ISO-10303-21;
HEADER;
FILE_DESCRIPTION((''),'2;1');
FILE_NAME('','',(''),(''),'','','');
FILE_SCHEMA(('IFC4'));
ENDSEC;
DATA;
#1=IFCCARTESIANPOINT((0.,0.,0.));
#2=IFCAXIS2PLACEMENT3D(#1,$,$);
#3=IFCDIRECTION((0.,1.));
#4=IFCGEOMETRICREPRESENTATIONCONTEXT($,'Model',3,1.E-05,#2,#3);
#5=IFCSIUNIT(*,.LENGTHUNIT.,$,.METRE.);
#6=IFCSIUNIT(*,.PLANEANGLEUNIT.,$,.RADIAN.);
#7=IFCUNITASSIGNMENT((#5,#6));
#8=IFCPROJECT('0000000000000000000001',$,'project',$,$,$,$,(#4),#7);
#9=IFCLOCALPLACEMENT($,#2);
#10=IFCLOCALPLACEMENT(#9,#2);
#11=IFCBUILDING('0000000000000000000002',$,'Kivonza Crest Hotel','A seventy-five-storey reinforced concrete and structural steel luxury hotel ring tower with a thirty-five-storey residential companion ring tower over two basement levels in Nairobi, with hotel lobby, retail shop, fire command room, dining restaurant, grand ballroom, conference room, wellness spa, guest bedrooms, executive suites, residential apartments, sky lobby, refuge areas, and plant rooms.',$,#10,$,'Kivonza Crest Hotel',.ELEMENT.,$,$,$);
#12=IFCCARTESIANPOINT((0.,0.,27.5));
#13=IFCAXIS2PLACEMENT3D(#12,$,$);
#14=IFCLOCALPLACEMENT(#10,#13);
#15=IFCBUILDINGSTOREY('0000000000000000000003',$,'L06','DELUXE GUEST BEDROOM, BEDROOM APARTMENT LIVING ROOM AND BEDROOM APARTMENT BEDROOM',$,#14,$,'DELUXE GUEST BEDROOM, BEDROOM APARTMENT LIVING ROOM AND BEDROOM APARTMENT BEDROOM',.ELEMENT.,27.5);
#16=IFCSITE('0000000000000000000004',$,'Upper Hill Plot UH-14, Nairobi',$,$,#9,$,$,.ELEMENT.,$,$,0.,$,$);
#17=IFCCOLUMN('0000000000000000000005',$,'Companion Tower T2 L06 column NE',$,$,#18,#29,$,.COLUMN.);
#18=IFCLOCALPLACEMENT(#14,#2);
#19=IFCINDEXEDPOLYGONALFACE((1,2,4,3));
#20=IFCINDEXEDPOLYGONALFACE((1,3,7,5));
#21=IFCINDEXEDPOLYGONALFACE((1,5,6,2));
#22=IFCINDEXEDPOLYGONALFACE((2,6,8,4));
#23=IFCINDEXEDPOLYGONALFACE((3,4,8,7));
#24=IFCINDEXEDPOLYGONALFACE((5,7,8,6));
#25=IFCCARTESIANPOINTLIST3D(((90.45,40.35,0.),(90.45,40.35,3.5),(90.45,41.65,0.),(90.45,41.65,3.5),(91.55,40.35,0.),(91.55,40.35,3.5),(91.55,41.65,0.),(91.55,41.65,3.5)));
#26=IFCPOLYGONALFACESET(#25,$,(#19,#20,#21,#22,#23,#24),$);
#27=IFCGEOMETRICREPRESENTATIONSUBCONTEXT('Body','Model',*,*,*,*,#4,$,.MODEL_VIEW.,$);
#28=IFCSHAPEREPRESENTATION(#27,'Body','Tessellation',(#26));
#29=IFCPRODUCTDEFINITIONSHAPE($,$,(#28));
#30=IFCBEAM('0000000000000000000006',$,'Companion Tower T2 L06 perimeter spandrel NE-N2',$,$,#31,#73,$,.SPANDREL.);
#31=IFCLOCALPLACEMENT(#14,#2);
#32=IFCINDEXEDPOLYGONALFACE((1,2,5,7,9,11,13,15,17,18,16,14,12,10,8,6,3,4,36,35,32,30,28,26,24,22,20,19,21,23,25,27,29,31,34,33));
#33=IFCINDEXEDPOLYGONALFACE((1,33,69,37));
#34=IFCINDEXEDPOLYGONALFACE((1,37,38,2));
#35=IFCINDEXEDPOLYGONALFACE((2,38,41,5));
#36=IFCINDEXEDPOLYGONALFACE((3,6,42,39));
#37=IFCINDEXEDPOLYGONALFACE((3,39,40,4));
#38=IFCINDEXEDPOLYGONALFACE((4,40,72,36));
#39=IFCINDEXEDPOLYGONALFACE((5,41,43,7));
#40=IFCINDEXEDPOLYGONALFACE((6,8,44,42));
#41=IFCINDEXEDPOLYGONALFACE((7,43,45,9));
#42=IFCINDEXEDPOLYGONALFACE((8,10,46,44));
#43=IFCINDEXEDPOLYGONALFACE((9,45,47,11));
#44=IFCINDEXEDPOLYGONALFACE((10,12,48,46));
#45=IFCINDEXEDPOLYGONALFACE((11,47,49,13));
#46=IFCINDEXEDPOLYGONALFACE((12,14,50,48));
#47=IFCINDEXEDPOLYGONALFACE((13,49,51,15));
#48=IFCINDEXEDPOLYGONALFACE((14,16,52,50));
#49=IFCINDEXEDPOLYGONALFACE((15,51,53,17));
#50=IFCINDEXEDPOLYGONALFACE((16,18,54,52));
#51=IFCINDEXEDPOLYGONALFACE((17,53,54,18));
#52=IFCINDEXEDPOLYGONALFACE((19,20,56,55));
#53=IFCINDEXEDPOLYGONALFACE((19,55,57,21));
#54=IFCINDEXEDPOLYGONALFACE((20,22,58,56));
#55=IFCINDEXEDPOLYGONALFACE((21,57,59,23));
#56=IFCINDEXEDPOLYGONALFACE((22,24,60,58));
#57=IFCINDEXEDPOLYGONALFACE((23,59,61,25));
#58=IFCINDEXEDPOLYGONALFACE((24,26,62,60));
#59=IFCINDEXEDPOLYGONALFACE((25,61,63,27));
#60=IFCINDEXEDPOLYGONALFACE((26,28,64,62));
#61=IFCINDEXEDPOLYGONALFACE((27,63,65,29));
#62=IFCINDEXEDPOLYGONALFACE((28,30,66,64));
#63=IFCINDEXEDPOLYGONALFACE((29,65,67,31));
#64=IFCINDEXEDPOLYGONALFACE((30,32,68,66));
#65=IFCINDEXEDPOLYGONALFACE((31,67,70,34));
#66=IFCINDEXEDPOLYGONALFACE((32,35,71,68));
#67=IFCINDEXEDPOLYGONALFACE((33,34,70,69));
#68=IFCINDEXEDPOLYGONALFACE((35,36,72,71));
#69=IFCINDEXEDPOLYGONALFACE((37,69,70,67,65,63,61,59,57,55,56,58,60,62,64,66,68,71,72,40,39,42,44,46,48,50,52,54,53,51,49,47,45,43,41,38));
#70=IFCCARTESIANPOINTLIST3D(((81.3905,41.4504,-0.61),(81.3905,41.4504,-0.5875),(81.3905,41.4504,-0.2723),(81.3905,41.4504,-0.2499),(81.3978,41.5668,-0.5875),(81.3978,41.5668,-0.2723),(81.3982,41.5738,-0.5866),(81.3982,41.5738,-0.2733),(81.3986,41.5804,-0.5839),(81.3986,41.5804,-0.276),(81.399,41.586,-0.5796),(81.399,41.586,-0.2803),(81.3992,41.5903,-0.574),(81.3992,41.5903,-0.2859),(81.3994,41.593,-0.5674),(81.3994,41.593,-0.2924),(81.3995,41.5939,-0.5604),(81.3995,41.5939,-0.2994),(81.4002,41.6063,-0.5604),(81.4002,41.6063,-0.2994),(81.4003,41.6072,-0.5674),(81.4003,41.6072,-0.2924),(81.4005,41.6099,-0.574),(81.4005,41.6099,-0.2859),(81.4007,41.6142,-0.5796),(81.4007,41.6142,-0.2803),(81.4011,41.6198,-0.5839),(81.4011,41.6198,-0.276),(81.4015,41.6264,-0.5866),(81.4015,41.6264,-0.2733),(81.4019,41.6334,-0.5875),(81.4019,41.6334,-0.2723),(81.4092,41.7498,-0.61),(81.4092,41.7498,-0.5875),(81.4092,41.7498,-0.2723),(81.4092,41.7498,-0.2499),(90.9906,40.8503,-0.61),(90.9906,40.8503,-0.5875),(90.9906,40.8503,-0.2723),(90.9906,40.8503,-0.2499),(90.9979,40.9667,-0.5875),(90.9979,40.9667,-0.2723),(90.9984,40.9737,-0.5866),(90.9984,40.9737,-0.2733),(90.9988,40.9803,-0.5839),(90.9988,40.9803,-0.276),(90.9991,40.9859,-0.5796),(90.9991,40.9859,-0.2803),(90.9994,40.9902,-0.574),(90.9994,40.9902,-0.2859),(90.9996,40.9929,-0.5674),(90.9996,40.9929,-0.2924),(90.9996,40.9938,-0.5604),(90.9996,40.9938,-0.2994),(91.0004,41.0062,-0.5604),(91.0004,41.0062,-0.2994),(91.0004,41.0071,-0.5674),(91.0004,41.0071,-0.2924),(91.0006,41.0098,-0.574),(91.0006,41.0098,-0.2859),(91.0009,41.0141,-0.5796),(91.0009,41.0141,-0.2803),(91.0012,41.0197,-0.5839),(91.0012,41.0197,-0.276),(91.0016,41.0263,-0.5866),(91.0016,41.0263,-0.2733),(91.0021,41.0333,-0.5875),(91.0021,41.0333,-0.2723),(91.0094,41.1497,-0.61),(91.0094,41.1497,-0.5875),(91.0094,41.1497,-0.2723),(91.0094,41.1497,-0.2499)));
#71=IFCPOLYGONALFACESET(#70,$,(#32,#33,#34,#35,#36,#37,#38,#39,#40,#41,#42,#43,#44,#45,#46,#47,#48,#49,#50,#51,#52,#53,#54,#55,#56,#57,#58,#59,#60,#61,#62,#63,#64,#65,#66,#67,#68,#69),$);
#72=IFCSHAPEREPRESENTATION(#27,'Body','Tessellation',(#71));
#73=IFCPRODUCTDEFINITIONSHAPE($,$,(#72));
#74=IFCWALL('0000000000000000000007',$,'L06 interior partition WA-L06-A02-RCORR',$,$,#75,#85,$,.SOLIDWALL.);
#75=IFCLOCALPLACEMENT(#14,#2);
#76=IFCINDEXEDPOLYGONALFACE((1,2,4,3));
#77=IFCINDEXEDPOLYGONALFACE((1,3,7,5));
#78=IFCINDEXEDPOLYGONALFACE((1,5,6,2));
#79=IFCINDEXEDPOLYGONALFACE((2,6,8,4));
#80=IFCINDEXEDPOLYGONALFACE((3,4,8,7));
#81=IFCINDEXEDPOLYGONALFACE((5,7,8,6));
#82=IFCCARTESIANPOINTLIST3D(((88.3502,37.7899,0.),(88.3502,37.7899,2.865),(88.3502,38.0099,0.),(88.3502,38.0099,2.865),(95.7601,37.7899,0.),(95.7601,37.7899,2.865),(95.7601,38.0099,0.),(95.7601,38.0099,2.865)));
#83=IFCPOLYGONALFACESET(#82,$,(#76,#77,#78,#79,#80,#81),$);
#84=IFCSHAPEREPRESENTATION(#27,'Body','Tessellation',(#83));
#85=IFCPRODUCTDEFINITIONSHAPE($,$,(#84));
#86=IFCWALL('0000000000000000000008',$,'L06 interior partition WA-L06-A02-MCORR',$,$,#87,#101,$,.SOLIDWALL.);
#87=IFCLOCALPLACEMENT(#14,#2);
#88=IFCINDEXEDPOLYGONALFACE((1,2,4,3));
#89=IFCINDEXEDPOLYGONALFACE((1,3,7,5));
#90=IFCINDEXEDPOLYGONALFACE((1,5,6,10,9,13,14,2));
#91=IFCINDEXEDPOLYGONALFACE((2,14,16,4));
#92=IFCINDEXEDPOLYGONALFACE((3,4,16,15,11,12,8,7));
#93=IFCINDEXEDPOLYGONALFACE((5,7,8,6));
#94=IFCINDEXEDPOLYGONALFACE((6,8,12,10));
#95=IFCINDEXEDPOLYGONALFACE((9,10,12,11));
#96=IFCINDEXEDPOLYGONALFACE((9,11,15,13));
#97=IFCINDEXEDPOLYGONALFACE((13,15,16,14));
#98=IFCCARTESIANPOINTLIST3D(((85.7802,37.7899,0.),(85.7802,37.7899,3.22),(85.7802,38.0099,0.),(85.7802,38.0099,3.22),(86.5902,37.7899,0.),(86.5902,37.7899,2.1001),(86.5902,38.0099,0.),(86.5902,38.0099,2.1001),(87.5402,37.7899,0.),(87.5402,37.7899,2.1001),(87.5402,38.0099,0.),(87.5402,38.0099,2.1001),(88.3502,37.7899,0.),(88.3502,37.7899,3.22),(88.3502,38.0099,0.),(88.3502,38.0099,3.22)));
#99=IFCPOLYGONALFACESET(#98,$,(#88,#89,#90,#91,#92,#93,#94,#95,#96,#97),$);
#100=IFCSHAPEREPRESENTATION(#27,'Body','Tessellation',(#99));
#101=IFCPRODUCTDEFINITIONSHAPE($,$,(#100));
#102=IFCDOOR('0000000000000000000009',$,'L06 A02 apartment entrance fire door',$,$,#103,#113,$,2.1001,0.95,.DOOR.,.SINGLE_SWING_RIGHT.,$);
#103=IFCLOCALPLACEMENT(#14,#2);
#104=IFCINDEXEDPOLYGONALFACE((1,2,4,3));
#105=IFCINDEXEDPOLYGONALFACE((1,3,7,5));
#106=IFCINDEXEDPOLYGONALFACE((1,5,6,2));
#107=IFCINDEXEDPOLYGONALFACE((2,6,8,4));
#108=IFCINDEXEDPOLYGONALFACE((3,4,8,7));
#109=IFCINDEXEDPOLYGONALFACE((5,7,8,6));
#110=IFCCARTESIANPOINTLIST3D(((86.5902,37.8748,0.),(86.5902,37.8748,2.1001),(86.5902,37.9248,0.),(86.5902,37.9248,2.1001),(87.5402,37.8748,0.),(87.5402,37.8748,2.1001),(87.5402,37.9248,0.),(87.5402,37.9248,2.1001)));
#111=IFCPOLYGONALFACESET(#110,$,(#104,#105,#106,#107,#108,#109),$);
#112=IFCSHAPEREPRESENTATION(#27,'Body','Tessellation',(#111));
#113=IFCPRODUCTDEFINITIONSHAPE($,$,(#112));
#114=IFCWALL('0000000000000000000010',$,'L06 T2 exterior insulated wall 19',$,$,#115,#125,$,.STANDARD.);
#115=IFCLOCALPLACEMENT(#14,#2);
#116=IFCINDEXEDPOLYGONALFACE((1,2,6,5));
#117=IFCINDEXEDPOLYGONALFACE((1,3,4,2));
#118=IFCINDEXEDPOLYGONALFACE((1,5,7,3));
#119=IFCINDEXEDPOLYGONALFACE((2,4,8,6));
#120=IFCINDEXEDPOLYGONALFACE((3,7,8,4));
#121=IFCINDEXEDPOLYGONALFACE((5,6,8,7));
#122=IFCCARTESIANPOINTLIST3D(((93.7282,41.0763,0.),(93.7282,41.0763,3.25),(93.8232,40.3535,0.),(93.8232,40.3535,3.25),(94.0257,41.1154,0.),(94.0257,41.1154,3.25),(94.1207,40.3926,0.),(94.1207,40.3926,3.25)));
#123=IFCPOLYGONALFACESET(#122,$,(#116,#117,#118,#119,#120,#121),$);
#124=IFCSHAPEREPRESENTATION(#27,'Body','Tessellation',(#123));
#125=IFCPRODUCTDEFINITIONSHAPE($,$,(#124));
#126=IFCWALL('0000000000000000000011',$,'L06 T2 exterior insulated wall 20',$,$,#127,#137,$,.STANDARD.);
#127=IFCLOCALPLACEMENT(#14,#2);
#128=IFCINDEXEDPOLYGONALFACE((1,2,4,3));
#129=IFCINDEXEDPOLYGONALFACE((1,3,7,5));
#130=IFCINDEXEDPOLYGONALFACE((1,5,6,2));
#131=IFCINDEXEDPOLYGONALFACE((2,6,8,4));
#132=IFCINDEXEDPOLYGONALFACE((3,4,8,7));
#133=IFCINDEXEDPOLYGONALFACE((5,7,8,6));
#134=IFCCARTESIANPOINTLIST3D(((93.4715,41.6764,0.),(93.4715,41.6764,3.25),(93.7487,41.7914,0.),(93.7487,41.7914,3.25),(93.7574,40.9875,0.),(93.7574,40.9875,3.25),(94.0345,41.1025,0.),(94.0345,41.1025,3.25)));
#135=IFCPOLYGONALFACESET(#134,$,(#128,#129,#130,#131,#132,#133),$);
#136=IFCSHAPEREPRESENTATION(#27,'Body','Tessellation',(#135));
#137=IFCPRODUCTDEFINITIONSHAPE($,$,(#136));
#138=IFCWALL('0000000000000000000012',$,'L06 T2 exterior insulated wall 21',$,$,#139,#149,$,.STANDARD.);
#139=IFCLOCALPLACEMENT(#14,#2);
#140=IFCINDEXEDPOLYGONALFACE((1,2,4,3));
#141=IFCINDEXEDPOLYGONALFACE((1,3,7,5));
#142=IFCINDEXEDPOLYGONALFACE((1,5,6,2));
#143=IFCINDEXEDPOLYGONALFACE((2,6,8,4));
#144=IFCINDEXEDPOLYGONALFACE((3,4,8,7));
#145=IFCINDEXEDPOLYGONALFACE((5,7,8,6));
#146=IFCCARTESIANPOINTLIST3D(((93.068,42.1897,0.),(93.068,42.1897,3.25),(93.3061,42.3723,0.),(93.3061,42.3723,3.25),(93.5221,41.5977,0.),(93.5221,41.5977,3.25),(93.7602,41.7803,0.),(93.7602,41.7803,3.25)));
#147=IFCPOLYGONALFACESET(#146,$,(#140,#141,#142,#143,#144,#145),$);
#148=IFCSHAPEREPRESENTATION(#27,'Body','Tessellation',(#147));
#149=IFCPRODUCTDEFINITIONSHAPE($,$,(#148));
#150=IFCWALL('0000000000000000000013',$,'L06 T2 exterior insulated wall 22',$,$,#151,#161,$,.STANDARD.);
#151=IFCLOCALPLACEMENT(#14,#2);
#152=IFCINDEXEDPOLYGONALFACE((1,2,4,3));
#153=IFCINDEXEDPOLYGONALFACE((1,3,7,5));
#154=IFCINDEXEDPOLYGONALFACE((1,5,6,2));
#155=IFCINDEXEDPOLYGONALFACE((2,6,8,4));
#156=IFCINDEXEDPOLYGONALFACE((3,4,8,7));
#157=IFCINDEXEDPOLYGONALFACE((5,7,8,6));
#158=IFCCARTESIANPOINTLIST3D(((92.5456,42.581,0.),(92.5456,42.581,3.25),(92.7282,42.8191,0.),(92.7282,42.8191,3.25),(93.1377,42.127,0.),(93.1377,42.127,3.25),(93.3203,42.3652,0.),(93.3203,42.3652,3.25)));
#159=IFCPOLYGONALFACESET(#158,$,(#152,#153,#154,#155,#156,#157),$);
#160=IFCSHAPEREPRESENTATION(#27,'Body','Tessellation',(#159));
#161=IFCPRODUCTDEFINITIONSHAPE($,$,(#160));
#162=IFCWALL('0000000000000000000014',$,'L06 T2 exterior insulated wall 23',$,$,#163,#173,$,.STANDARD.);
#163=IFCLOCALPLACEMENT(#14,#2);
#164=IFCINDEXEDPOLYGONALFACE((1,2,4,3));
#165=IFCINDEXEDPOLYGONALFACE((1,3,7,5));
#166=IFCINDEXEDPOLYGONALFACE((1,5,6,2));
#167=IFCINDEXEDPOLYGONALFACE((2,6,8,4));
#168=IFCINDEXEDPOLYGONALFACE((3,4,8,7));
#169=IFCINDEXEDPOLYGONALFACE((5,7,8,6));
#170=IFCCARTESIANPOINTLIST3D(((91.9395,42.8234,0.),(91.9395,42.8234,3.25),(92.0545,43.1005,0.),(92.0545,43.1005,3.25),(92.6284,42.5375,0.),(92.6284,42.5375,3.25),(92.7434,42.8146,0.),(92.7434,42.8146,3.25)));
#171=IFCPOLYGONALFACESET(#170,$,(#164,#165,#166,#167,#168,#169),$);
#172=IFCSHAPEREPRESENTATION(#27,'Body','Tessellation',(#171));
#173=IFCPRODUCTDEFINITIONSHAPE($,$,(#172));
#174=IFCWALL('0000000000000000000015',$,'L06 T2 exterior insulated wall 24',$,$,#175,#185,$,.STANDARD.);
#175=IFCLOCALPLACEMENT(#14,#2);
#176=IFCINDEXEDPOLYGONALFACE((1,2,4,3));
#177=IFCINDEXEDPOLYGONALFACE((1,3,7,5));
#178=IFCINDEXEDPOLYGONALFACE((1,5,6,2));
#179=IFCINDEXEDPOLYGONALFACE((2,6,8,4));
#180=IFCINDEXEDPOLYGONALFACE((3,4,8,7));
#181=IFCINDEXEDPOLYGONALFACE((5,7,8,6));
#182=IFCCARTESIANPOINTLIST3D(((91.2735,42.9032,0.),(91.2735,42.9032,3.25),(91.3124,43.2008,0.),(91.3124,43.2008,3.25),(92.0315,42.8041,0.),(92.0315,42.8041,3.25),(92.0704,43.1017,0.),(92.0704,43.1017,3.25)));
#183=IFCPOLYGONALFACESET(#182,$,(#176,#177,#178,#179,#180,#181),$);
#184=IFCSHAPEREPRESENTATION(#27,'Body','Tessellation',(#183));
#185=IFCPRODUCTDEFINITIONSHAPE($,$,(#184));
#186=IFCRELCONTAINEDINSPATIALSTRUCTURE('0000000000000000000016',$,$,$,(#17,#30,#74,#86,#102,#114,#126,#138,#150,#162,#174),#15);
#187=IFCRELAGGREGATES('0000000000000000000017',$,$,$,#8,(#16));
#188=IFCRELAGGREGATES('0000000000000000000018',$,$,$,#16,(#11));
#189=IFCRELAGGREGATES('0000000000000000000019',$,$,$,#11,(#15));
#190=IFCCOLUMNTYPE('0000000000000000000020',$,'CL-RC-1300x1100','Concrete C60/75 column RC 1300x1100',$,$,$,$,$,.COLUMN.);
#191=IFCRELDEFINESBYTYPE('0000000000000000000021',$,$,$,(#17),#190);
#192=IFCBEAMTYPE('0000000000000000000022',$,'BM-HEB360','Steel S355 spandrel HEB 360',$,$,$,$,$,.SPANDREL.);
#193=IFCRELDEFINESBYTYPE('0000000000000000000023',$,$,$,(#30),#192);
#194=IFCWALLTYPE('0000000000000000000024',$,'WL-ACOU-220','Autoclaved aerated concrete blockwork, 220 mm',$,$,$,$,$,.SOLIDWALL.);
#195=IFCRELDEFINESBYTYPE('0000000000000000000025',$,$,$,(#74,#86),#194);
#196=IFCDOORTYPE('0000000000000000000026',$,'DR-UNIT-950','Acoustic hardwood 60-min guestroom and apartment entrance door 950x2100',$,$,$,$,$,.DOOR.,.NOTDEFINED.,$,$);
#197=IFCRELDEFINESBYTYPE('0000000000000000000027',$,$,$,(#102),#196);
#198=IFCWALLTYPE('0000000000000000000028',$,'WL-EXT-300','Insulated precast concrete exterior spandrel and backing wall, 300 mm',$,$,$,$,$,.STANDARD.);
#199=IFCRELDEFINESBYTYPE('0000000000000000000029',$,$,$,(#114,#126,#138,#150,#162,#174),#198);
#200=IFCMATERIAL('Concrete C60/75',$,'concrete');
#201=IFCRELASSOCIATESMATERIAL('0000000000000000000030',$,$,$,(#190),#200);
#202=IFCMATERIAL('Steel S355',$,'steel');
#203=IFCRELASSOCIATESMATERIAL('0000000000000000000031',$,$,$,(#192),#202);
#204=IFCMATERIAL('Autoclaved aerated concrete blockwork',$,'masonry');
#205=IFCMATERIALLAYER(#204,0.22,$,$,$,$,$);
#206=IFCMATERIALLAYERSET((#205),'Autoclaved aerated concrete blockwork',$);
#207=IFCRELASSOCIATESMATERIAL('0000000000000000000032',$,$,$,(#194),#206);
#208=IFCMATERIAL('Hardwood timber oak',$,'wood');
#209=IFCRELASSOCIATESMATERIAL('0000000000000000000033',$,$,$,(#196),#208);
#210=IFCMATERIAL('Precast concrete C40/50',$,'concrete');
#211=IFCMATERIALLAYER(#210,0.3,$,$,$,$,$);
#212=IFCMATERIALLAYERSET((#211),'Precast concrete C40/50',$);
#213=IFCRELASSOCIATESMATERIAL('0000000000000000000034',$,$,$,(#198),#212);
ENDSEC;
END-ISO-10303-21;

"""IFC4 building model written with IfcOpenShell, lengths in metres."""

from ifc_helpers import new_model, si_unit, direction, frame, frame_2d, origin, origin_2d, place, context, subcontext, project, spatial, rectangle, i_section, extrude, material, layer, layer_set, material_profile, profile_set, type_object, element, fill, save


model = new_model("IFC4")

# Units and contexts
model_context = context("Model", 3, precision=1e-05, world=origin(), true_north=direction((0.0, 1.0)))
body_context = subcontext(model_context, "Body", "Model", "MODEL_VIEW")
ifc_project = project(units=[si_unit("LENGTHUNIT", "METRE"), si_unit("PLANEANGLEUNIT", "RADIAN")], contexts=[model_context])

# Site, building, storey
site_placement = place(None, origin())
site = spatial("IfcSite", under=ifc_project, at=site_placement, Name="Upper Hill Plot UH-14, Nairobi", CompositionType="ELEMENT", RefElevation=0.0)
building_placement = place(site_placement, origin())
building = spatial("IfcBuilding", under=site, at=building_placement, Name="Kivonza Crest Hotel", Description="A seventy-five-storey reinforced concrete and structural steel luxury hotel ring tower with a thirty-five-storey residential companion ring tower over two basement levels in Nairobi, with hotel lobby, retail shop, fire command room, dining restaurant, grand ballroom, conference room, wellness spa, guest bedrooms, executive suites, residential apartments, sky lobby, refuge areas, and plant rooms.", LongName="Kivonza Crest Hotel", CompositionType="ELEMENT")
storey_placement = place(building_placement, frame((0.0, 0.0, 27.5)))
storey = spatial("IfcBuildingStorey", under=building, at=storey_placement, Name="L06", Description="DELUXE GUEST BEDROOM, BEDROOM APARTMENT LIVING ROOM AND BEDROOM APARTMENT BEDROOM", LongName="DELUXE GUEST BEDROOM, BEDROOM APARTMENT LIVING ROOM AND BEDROOM APARTMENT BEDROOM", CompositionType="ELEMENT", Elevation=27.5)

# Column
ifc_material_1 = material(Name="Concrete C60/75", Category="concrete")
ifc_material_profile_1 = material_profile(ifc_material_1, rectangle(XDim=1.1001, YDim=1.3, at=origin_2d()), Name="RC 1300x1100")
ifc_profile_set_1 = profile_set([ifc_material_profile_1], Name="Concrete C60/75")
column_type = type_object("IfcColumnType", Name="CL-RC-1300x1100", Description="Concrete C60/75 column RC 1300x1100", PredefinedType="COLUMN", material=ifc_profile_set_1)
column_placement = place(storey_placement, frame((91.0, 41.0, 0.0), z_axis=(0.0, 0.0, 1.0), x_axis=(1.0, 0.0, 0.0)))
element("IfcColumn", 1, at=column_placement, inside=storey, type_object=column_type, Name="Companion Tower T2 L06 column NE", PredefinedType="COLUMN", context=body_context, shape_type="SweptSolid", body=[
    extrude(rectangle(XDim=1.1001, YDim=1.3, at=origin_2d()), origin(), (0.0, 0.0, 1.0), 3.5),
])

# Beam
ifc_material_2 = material(Name="Steel S355", Category="steel")
ifc_material_profile_2 = material_profile(ifc_material_2, i_section(OverallWidth=0.3, OverallDepth=0.3601, WebThickness=0.0125, FlangeThickness=0.0225, FilletRadius=0.0271, at=origin_2d()), Name="HEB 360")
ifc_profile_set_2 = profile_set([ifc_material_profile_2], Name="Steel S355")
beam_type = type_object("IfcBeamType", Name="BM-HEB360", Description="Steel S355 spandrel HEB 360", PredefinedType="SPANDREL", material=ifc_profile_set_2)
beam_placement = place(storey_placement, frame((91.0, 41.0, -0.4299), z_axis=(-0.998052, 0.062388, 0.0), x_axis=(-0.062388, -0.998052, 0.0)))
element("IfcBeam", 2, at=beam_placement, inside=storey, type_object=beam_type, Name="Companion Tower T2 L06 perimeter spandrel NE-N2", PredefinedType="SPANDREL", context=body_context, shape_type="SweptSolid", body=[
    extrude(i_section(OverallWidth=0.3, OverallDepth=0.3601, WebThickness=0.0125, FlangeThickness=0.0225, FilletRadius=0.0271, at=origin_2d()), origin(), (0.0, 0.0, 1.0), 9.6189),
])

# Wall
ifc_material_3 = material(Name="Autoclaved aerated concrete blockwork", Category="masonry")
ifc_layer_1 = layer(ifc_material_3, 0.22)
ifc_layer_set_1 = layer_set([ifc_layer_1], Name="Autoclaved aerated concrete blockwork")
wall_type_1 = type_object("IfcWallType", Name="WL-ACOU-220", Description="Autoclaved aerated concrete blockwork, 220 mm", PredefinedType="SOLIDWALL", material=ifc_layer_set_1)
wall_1_placement = place(storey_placement, frame((88.3501, 37.8999, 0.0), z_axis=(0.0, 0.0, 1.0), x_axis=(1.0, 0.0, 0.0)))
element("IfcWall", 3, at=wall_1_placement, inside=storey, type_object=wall_type_1, Name="L06 interior partition WA-L06-A02-RCORR", PredefinedType="SOLIDWALL", context=body_context, shape_type="SweptSolid", body=[
    extrude(rectangle(XDim=7.4099, YDim=0.22, at=frame_2d((3.7051, 0.0))), origin(), (0.0, 0.0, 1.0), 2.865),
])

# Wall, opening, door
wall_2_placement = place(storey_placement, frame((85.78, 37.8999, 0.0), z_axis=(0.0, 0.0, 1.0), x_axis=(1.0, 0.0, 0.0)))
wall_2 = element("IfcWall", 4, at=wall_2_placement, inside=storey, type_object=wall_type_1, Name="L06 interior partition WA-L06-A02-MCORR", PredefinedType="SOLIDWALL", context=body_context, shape_type="SweptSolid", body=[
    extrude(rectangle(XDim=2.5701, YDim=0.22, at=frame_2d((1.2852, 0.0))), origin(), (0.0, 0.0, 1.0), 3.22),
])
opening_1_placement = place(wall_2_placement, frame((0.8101, 0.0, 0.0)))
opening_1 = element("IfcOpeningElement", 5, at=opening_1_placement, cuts=wall_2, PredefinedType="OPENING", context=body_context, shape_type="SweptSolid", body=[
    extrude(rectangle(XDim=0.95, YDim=2.1001, at=frame_2d((0.4751, 1.05))), frame((0.0, 0.1201, 0.0), z_axis=(0.0, -1.0, 0.0), x_axis=(1.0, 0.0, 0.0)), (0.0, 0.0, 1.0), 0.24),
])
ifc_material_4 = material(Name="Hardwood timber oak", Category="wood")
door_type_1 = type_object("IfcDoorType", Name="DR-UNIT-950", Description="Acoustic hardwood 60-min guestroom and apartment entrance door 950x2100", OperationType="NOTDEFINED", PredefinedType="DOOR", material=ifc_material_4)
door_1_placement = place(opening_1_placement, origin())
door_1 = element("IfcDoor", 6, at=door_1_placement, inside=storey, type_object=door_type_1, Name="L06 A02 apartment entrance fire door", OperationType="SINGLE_SWING_RIGHT", OverallHeight=2.1001, OverallWidth=0.95, PredefinedType="DOOR", context=body_context, shape_type="SweptSolid", body=[
    extrude(rectangle(XDim=0.95, YDim=2.1001, at=frame_2d((0.4751, 1.05))), frame((0.0, 0.0249, 0.0), z_axis=(0.0, -1.0, 0.0), x_axis=(1.0, 0.0, 0.0)), (0.0, 0.0, 1.0), 0.05),
])
fill(opening_1, door_1)

# Walls
ifc_material_5 = material(Name="Precast concrete C40/50", Category="concrete")
ifc_layer_2 = layer(ifc_material_5, 0.3)
ifc_layer_set_2 = layer_set([ifc_layer_2], Name="Precast concrete C40/50")
wall_type_2 = type_object("IfcWallType", Name="WL-EXT-300", Description="Insulated precast concrete exterior spandrel and backing wall, 300 mm", PredefinedType="STANDARD", material=ifc_layer_set_2)
wall_3_placement = place(storey_placement, frame((93.9719, 40.373, 0.0), z_axis=(0.0, 0.0, 1.0), x_axis=(-0.130255, 0.99148, 0.0)))
element("IfcWall", 7, at=wall_3_placement, inside=storey, type_object=wall_type_2, Name="L06 T2 exterior insulated wall 19", PredefinedType="STANDARD", context=body_context, shape_type="SweptSolid", body=[
    extrude(rectangle(XDim=0.729, YDim=0.3, at=frame_2d((0.3645, 0.0))), origin(), (0.0, 0.0, 1.0), 3.25),
])
wall_4_placement = place(storey_placement, frame((93.896, 41.0449, 0.0), z_axis=(0.0, 0.0, 1.0), x_axis=(-0.383267, 0.923638, 0.0)))
element("IfcWall", 8, at=wall_4_placement, inside=storey, type_object=wall_type_2, Name="L06 T2 exterior insulated wall 20", PredefinedType="STANDARD", context=body_context, shape_type="SweptSolid", body=[
    extrude(rectangle(XDim=0.7458, YDim=0.3, at=frame_2d((0.373, 0.0))), origin(), (0.0, 0.0, 1.0), 3.25),
])
for number, where, z_axis, x_axis, name in (
    (9, (93.6411, 41.689, 0.0), (0.0, 0.0, 1.0), (-0.608603, 0.793475, 0.0), "L06 T2 exterior insulated wall 21"),
    (10, (93.229, 42.2461, 0.0), (0.0, 0.0, 1.0), (-0.793633, 0.608397, 0.0), "L06 T2 exterior insulated wall 22"),
):
    element("IfcWall", number, at=place(storey_placement, frame(where, z_axis=z_axis, x_axis=x_axis)), inside=storey, type_object=wall_type_2, Name=name, PredefinedType="STANDARD", context=body_context, shape_type="SweptSolid", body=[
        extrude(rectangle(XDim=0.7461, YDim=0.3, at=frame_2d((0.373, 0.0))), origin(), (0.0, 0.0, 1.0), 3.25),
    ])
wall_5_placement = place(storey_placement, frame((92.686, 42.676, 0.0), z_axis=(0.0, 0.0, 1.0), x_axis=(-0.923638, 0.383267, 0.0)))
element("IfcWall", 11, at=wall_5_placement, inside=storey, type_object=wall_type_2, Name="L06 T2 exterior insulated wall 23", PredefinedType="STANDARD", context=body_context, shape_type="SweptSolid", body=[
    extrude(rectangle(XDim=0.7458, YDim=0.3, at=frame_2d((0.373, 0.0))), origin(), (0.0, 0.0, 1.0), 3.25),
])
wall_6_placement = place(storey_placement, frame((92.051, 42.9529, 0.0), z_axis=(0.0, 0.0, 1.0), x_axis=(-0.991559, 0.129653, 0.0)))
element("IfcWall", 12, at=wall_6_placement, inside=storey, type_object=wall_type_2, Name="L06 T2 exterior insulated wall 24", PredefinedType="STANDARD", context=body_context, shape_type="SweptSolid", body=[
    extrude(rectangle(XDim=0.7644, YDim=0.3, at=frame_2d((0.3823, 0.0))), origin(), (0.0, 0.0, 1.0), 3.25),
])

save(model, "model.ifc")
